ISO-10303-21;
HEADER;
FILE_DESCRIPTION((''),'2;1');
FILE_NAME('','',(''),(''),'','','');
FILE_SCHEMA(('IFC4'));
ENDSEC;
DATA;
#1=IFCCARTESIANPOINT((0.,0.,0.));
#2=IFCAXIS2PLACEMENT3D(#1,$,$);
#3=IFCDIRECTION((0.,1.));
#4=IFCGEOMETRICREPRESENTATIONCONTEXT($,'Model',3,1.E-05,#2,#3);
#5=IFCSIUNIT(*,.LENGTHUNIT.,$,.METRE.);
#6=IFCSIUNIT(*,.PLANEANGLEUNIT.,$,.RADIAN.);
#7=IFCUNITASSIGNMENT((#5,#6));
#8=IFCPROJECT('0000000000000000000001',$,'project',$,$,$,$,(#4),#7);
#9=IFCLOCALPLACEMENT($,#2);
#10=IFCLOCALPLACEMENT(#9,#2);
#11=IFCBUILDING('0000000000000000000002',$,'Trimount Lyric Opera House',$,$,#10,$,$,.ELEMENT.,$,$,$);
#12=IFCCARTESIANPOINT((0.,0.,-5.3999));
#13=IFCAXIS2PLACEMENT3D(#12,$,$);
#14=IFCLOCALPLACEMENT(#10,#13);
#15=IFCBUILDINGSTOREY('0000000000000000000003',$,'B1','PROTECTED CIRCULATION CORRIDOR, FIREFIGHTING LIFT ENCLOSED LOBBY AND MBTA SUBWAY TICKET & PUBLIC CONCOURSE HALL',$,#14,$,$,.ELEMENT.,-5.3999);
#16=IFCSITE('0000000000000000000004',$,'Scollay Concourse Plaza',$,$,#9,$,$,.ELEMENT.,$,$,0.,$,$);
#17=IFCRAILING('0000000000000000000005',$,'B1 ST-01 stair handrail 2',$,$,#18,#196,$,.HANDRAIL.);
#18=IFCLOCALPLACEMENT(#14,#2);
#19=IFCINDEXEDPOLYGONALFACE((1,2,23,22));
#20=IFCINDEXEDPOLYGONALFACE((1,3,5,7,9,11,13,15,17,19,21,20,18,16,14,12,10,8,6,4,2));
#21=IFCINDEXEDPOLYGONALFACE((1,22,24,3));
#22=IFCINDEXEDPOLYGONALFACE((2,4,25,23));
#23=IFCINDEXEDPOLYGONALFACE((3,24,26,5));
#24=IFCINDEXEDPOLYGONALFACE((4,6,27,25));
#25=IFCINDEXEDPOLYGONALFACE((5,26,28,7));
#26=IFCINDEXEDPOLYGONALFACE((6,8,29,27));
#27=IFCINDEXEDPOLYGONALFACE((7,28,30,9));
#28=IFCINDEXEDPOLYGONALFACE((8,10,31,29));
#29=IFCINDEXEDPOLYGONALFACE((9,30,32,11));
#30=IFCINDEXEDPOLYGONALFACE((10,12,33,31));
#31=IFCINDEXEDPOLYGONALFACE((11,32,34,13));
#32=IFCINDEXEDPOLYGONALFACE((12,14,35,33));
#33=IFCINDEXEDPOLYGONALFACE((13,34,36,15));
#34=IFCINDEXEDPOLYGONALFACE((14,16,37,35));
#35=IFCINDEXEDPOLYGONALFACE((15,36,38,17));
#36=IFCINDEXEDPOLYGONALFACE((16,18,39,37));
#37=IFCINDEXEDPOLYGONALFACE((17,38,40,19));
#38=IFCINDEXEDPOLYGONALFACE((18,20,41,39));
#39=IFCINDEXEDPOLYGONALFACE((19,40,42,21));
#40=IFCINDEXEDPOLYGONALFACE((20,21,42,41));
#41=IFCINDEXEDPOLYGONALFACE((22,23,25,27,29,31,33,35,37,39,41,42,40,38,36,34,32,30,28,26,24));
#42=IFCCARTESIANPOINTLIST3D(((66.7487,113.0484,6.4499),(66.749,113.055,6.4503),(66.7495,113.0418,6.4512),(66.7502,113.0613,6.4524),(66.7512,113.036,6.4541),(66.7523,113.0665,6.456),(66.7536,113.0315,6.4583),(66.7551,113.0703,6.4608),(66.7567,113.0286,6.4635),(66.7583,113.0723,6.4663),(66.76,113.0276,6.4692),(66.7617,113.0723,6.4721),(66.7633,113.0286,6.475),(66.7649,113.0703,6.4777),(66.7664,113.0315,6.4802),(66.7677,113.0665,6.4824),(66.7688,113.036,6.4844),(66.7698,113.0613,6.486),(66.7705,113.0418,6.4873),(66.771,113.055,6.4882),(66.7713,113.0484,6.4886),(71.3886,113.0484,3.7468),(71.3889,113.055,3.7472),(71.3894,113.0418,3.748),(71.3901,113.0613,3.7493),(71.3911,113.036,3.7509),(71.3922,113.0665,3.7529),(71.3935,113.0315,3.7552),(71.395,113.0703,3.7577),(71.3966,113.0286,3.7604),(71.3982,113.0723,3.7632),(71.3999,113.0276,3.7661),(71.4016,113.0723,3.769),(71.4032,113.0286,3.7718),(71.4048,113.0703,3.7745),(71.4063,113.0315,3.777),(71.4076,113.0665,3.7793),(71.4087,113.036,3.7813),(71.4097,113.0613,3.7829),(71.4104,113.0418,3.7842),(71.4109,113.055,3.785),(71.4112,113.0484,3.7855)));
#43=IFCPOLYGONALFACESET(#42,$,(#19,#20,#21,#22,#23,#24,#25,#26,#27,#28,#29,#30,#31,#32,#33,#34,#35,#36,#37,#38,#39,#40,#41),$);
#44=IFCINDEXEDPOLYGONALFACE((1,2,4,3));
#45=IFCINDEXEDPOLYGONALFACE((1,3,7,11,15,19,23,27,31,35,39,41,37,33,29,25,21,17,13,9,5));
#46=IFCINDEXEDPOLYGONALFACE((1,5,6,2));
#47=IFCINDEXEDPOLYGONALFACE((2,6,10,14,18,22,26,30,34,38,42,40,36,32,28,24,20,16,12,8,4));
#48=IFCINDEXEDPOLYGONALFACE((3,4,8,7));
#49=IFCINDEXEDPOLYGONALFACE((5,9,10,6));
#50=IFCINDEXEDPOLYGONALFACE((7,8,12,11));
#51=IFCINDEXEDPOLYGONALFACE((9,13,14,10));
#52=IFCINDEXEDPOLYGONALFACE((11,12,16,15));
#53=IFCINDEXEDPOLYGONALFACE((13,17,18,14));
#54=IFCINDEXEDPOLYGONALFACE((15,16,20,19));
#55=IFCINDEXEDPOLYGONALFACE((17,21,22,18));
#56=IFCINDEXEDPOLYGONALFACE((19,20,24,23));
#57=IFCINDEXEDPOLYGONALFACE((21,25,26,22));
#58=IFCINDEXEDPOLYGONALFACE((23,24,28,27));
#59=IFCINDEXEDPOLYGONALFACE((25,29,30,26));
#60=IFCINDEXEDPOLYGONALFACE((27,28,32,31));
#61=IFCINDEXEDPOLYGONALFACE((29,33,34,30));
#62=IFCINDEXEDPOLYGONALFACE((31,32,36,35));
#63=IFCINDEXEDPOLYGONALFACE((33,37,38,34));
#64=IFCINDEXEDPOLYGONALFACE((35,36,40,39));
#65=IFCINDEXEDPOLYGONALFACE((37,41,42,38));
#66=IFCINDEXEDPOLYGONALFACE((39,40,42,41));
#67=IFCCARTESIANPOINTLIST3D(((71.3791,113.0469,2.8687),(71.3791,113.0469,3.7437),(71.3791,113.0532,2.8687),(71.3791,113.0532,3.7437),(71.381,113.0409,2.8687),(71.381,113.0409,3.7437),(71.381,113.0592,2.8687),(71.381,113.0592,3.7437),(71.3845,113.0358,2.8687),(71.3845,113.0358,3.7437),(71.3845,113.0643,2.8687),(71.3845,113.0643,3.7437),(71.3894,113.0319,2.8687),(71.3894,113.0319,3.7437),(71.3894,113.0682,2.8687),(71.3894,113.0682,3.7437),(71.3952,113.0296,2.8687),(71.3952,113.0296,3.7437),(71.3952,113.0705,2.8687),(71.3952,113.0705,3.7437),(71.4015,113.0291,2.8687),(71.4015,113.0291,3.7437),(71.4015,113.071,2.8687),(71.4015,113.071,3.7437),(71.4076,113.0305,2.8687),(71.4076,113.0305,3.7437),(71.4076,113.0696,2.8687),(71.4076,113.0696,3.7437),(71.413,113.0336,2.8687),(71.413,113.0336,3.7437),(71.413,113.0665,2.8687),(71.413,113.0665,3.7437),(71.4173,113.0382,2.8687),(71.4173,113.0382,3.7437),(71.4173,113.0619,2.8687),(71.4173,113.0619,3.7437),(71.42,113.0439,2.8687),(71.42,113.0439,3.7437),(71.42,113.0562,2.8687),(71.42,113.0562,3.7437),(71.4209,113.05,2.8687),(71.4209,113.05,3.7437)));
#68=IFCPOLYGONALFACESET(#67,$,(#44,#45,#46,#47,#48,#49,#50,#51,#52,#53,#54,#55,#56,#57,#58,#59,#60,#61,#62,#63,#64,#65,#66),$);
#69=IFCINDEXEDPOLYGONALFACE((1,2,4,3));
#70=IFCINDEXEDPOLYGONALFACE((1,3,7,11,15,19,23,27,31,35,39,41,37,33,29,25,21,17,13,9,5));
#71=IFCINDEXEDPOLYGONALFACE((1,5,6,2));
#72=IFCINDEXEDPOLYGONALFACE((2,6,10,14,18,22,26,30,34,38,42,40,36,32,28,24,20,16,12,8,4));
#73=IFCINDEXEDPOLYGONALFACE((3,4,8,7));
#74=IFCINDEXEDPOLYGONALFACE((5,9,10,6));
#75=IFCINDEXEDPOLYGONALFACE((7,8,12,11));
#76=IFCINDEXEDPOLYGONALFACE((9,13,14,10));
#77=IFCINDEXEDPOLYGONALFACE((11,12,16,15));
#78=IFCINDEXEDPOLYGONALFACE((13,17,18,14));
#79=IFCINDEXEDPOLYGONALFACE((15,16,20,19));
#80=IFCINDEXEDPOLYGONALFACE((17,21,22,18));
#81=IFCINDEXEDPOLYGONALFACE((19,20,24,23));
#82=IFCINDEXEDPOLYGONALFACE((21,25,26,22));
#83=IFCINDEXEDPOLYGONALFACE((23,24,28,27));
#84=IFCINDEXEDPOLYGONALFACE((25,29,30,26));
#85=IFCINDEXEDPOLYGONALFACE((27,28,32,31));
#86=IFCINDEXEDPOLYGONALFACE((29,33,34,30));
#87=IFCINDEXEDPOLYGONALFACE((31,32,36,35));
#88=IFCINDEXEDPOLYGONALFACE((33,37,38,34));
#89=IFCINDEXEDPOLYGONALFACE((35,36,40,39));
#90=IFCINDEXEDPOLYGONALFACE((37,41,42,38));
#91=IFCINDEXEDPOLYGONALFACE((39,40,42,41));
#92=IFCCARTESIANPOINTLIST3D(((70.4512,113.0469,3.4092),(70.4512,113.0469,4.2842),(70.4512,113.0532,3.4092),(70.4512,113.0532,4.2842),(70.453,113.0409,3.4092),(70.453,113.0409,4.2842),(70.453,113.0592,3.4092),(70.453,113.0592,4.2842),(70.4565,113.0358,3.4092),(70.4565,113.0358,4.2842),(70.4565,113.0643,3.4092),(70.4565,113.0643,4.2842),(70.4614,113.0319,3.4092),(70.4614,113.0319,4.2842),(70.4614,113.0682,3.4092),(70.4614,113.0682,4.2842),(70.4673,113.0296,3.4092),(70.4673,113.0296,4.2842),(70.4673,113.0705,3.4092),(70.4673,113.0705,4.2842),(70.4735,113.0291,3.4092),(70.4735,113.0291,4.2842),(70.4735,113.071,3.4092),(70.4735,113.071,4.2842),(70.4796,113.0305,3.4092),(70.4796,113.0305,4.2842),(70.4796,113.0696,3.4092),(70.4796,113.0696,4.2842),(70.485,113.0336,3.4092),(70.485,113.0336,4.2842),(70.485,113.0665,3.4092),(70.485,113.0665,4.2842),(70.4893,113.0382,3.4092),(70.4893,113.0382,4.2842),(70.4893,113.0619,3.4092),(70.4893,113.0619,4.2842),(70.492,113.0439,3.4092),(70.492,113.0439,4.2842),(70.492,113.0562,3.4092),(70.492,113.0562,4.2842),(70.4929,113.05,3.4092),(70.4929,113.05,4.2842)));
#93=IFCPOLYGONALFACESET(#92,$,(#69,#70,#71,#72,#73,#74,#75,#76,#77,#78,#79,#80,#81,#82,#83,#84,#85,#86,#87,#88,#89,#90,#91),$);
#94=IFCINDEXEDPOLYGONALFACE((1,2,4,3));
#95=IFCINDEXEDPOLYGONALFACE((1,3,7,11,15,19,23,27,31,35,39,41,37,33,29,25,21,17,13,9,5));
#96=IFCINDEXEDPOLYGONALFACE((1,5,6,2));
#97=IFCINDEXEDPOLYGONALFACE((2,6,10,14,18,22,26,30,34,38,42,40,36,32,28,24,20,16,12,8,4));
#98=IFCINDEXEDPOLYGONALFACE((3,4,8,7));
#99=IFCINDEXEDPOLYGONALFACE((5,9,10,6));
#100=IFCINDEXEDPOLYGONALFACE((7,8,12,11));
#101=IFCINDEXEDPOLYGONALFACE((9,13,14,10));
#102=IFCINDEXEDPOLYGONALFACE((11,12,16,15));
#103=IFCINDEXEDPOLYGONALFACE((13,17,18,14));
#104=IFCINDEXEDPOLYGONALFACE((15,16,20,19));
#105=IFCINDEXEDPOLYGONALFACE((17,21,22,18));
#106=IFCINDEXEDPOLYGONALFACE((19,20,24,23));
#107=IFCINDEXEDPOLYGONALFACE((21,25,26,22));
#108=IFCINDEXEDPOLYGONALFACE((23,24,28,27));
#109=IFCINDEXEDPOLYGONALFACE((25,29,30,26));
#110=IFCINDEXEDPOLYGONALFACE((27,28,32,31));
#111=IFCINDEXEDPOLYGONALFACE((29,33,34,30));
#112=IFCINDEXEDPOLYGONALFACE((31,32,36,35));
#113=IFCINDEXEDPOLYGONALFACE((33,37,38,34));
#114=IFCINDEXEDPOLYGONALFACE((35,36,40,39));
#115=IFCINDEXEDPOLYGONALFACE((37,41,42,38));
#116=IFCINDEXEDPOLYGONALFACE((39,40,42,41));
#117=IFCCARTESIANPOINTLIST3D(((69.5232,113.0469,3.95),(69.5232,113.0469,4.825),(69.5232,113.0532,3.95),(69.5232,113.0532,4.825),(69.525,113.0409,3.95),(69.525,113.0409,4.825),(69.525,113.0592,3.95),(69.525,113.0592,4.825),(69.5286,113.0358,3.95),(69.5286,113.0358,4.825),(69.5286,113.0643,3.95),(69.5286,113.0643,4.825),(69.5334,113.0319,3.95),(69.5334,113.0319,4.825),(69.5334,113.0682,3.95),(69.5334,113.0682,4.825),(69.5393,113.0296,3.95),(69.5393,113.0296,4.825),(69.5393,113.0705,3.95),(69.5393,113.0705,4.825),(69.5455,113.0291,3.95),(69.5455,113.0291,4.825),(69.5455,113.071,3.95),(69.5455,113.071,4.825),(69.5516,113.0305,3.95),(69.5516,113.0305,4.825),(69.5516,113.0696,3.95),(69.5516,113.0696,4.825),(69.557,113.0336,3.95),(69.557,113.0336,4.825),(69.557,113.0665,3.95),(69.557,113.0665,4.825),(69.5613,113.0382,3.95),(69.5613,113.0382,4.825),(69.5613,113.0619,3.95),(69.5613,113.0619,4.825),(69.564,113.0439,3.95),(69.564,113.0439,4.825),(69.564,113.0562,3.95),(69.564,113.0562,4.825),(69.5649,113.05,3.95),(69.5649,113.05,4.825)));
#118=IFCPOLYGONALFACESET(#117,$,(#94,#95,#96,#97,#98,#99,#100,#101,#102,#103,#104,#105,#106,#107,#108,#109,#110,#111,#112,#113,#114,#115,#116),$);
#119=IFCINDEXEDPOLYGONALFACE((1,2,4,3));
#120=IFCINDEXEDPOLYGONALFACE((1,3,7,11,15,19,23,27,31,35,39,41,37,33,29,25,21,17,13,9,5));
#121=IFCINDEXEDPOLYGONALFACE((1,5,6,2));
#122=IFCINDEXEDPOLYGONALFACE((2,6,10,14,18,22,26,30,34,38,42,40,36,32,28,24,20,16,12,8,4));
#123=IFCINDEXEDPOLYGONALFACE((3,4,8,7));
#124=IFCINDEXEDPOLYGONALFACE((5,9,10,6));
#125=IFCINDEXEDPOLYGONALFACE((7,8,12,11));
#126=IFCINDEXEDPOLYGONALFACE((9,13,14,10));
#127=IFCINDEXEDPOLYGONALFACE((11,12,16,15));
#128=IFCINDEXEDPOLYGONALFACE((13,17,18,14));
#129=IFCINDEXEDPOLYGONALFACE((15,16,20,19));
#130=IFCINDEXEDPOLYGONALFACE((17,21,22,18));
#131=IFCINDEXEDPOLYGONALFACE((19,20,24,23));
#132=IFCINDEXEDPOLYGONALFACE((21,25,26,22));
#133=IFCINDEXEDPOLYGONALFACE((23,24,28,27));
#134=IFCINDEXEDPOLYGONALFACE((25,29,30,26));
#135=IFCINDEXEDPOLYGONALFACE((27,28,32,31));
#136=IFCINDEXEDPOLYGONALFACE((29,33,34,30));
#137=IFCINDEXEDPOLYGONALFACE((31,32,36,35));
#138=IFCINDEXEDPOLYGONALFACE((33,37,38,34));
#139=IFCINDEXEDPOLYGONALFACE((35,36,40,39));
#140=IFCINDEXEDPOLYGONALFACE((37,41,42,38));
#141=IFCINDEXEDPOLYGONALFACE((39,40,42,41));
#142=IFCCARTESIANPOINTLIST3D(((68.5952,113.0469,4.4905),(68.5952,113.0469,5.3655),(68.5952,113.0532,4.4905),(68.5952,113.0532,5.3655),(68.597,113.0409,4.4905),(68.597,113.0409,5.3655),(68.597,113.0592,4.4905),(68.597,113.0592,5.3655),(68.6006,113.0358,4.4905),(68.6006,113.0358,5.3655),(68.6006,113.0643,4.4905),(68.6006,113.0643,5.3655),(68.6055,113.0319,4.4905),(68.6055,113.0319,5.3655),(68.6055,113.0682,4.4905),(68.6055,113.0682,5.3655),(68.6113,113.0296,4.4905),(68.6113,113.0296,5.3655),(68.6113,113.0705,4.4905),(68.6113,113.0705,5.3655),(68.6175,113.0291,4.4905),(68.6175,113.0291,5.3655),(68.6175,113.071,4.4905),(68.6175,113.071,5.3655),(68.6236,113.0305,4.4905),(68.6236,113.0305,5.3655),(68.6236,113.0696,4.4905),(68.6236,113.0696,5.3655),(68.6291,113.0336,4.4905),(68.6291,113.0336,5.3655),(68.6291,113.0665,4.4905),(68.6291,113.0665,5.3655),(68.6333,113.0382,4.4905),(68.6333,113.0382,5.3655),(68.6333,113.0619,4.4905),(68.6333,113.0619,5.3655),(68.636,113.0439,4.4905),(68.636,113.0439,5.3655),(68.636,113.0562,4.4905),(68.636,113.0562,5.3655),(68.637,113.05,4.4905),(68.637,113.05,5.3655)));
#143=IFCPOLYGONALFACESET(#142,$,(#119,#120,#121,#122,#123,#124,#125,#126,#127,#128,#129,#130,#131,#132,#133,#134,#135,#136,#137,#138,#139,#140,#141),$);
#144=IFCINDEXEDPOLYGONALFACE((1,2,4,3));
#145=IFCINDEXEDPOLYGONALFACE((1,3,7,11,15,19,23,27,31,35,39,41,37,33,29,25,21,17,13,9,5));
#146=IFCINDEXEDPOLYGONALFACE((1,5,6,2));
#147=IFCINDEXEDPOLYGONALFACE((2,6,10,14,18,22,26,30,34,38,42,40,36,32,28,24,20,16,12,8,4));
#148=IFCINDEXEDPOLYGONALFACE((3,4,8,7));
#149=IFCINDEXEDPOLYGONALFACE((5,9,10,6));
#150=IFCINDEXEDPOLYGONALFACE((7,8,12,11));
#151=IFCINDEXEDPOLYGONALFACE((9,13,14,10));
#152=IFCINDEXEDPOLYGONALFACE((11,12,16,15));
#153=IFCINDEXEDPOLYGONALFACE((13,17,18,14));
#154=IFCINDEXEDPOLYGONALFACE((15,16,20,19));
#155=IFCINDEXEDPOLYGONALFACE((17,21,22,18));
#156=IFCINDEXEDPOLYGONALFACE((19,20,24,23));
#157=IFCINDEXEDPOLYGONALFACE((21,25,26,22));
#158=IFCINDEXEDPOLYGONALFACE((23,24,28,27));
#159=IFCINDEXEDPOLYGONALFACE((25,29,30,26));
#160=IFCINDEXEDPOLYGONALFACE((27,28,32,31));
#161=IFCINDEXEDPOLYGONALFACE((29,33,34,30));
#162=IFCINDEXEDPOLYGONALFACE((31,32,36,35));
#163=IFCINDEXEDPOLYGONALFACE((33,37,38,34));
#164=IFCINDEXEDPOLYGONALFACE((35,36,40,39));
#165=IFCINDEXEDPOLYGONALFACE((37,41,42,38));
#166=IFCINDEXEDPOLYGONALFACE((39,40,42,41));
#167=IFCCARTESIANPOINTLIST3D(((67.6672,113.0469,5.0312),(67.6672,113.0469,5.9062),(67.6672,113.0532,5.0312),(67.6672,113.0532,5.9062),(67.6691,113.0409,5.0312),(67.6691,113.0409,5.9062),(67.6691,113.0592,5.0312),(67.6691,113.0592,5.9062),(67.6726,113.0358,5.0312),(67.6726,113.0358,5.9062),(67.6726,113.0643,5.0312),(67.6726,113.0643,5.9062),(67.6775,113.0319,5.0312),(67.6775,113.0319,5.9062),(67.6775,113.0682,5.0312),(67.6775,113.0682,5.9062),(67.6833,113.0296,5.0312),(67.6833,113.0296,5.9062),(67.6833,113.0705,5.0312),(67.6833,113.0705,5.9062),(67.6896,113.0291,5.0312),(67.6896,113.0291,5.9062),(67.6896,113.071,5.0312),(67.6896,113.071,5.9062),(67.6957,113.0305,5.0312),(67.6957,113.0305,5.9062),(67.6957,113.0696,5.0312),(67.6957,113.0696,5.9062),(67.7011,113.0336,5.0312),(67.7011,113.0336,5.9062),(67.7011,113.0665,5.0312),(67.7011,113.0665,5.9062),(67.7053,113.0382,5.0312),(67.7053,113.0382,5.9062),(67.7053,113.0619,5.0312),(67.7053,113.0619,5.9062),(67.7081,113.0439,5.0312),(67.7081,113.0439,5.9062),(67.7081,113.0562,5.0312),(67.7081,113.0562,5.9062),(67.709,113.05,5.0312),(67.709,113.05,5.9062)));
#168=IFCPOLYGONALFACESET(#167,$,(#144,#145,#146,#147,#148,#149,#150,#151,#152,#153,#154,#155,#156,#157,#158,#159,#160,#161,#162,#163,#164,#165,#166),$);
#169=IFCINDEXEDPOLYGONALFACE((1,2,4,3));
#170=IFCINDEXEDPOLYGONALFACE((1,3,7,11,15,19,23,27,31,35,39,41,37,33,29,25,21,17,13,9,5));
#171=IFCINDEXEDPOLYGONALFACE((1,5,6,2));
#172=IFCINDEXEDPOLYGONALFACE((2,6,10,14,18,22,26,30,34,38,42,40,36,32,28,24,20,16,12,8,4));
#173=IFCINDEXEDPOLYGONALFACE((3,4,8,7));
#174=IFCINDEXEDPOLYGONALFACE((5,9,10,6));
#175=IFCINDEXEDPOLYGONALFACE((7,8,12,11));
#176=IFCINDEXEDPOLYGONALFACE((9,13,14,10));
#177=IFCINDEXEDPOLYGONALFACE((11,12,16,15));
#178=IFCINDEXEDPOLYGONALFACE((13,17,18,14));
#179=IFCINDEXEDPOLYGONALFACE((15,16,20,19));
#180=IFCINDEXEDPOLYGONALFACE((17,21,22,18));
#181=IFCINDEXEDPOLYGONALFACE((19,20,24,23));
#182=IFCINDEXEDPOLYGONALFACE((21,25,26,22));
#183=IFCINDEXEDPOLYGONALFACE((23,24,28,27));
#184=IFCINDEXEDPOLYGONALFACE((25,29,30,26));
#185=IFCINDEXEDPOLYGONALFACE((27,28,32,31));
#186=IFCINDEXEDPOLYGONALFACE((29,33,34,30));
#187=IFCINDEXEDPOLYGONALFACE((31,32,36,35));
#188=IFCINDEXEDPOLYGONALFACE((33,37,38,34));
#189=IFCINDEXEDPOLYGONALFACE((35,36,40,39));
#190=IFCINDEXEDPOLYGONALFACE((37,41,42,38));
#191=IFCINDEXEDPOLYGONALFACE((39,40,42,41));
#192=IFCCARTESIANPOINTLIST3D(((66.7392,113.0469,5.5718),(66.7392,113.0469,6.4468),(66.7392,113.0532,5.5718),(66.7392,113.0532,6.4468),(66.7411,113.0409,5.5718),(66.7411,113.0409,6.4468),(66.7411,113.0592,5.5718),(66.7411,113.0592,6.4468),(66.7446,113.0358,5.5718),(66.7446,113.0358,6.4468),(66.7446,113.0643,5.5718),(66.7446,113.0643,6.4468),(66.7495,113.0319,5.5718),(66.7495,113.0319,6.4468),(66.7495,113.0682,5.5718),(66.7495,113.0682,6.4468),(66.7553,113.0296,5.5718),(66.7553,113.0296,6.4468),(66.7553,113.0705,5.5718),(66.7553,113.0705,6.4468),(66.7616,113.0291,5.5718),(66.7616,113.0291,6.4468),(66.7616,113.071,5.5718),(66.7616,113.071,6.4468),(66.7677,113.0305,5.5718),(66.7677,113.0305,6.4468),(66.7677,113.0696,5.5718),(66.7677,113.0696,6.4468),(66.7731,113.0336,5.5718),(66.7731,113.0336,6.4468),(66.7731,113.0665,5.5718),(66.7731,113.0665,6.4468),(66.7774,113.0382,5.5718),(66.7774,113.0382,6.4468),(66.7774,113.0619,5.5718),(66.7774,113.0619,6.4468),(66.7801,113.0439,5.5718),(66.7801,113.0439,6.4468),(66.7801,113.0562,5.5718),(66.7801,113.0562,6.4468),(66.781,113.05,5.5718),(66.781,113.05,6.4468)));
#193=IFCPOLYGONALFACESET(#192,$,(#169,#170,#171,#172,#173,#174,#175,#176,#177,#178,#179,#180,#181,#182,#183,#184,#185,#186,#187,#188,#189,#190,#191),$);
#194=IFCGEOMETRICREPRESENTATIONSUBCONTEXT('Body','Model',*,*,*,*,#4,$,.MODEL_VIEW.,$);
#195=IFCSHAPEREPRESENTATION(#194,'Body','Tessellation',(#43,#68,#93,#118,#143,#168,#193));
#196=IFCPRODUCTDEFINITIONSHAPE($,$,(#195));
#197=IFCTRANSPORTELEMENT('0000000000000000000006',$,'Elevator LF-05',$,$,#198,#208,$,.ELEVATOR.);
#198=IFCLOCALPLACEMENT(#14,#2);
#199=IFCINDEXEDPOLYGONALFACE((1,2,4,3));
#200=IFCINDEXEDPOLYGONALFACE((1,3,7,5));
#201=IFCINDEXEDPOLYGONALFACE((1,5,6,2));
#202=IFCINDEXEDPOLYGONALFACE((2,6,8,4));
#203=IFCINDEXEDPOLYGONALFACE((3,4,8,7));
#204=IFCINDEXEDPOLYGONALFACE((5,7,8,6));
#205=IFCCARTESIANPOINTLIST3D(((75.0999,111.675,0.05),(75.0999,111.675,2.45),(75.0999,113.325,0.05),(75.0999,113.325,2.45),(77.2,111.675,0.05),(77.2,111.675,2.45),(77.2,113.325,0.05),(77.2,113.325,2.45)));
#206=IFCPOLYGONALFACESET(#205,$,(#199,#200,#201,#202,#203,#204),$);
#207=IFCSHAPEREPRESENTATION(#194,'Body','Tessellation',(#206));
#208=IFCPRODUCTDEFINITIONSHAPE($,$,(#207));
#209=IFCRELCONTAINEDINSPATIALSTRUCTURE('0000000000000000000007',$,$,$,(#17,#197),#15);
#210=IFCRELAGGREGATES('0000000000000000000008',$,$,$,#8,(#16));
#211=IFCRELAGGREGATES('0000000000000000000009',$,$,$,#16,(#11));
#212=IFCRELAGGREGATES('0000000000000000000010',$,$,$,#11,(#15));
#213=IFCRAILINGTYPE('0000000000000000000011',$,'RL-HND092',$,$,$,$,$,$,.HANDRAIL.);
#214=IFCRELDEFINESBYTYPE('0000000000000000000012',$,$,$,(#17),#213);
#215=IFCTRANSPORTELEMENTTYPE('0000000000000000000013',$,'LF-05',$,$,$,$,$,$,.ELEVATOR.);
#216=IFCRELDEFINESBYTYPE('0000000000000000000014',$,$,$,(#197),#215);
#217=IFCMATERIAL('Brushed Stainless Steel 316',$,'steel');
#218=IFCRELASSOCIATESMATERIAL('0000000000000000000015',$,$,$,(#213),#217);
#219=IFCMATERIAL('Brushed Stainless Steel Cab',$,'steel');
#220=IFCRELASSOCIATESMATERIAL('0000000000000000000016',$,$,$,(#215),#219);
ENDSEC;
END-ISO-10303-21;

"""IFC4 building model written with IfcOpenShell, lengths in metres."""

from ifc_helpers import new_model, si_unit, direction, frame, origin, origin_2d, place, context, subcontext, project, spatial, rectangle, circle, extrude, material, type_object, element, save


model = new_model("IFC4")

# Units and contexts
model_context = context("Model", 3, precision=1e-05, world=origin(), true_north=direction((0.0, 1.0)))
body_context = subcontext(model_context, "Body", "Model", "MODEL_VIEW")
ifc_project = project(units=[si_unit("LENGTHUNIT", "METRE"), si_unit("PLANEANGLEUNIT", "RADIAN")], contexts=[model_context])

# Site, building, storey
site_placement = place(None, origin())
site = spatial("IfcSite", under=ifc_project, at=site_placement, Name="Scollay Concourse Plaza", CompositionType="ELEMENT", RefElevation=0.0)
building_placement = place(site_placement, origin())
building = spatial("IfcBuilding", under=site, at=building_placement, Name="Trimount Lyric Opera House", CompositionType="ELEMENT")
storey_placement = place(building_placement, frame((0.0, 0.0, -5.3999)))
storey = spatial("IfcBuildingStorey", under=building, at=storey_placement, Name="B1", Description="PROTECTED CIRCULATION CORRIDOR, FIREFIGHTING LIFT ENCLOSED LOBBY AND MBTA SUBWAY TICKET & PUBLIC CONCOURSE HALL", CompositionType="ELEMENT", Elevation=-5.3999)

# Railing
ifc_material_1 = material(Name="Brushed Stainless Steel 316", Category="steel")
railing_type_1 = type_object("IfcRailingType", Name="RL-HND092", PredefinedType="HANDRAIL", material=ifc_material_1)
railing_1_placement = place(storey_placement, frame((71.3999, 113.05, 2.8687)))
element("IfcRailing", 1, at=railing_1_placement, inside=storey, type_object=railing_type_1, Name="B1 ST-01 stair handrail 2", PredefinedType="HANDRAIL", context=body_context, shape_type="SweptSolid", body=[
    extrude(circle(Radius=0.0225, at=origin_2d()), frame((0.0, 0.0, 0.8975), z_axis=(-0.864061, 0.0, 0.503388), x_axis=(0.0, -1.0, 0.0)), (0.0, 0.0, 1.0), 5.3699),
    extrude(circle(Radius=0.021, at=origin_2d()), origin(), (0.0, 0.0, 1.0), 0.875),
    extrude(circle(Radius=0.021, at=origin_2d()), frame((-0.928, 0.0, 0.5405)), (0.0, 0.0, 1.0), 0.875),
    extrude(circle(Radius=0.021, at=origin_2d()), frame((-1.856, 0.0, 1.0813)), (0.0, 0.0, 1.0), 0.875),
    extrude(circle(Radius=0.021, at=origin_2d()), frame((-2.7839, 0.0, 1.6218)), (0.0, 0.0, 1.0), 0.875),
    extrude(circle(Radius=0.021, at=origin_2d()), frame((-3.7119, 0.0, 2.1626)), (0.0, 0.0, 1.0), 0.875),
    extrude(circle(Radius=0.021, at=origin_2d()), frame((-4.6399, 0.0, 2.7031)), (0.0, 0.0, 1.0), 0.875),
])

# Transport element
ifc_material_2 = material(Name="Brushed Stainless Steel Cab", Category="steel")
transport_element_type = type_object("IfcTransportElementType", Name="LF-05", PredefinedType="ELEVATOR", material=ifc_material_2)
transport_element_placement = place(storey_placement, frame((76.1499, 112.5, 0.05), z_axis=(0.0, 0.0, 1.0), x_axis=(1.0, 0.0, 0.0)))
element("IfcTransportElement", 2, at=transport_element_placement, inside=storey, type_object=transport_element_type, Name="Elevator LF-05", PredefinedType="ELEVATOR", context=body_context, shape_type="SweptSolid", body=[
    extrude(rectangle(XDim=2.1001, YDim=1.6499, at=origin_2d()), origin(), (0.0, 0.0, 1.0), 2.3999),
])

save(model, "model.ifc")
